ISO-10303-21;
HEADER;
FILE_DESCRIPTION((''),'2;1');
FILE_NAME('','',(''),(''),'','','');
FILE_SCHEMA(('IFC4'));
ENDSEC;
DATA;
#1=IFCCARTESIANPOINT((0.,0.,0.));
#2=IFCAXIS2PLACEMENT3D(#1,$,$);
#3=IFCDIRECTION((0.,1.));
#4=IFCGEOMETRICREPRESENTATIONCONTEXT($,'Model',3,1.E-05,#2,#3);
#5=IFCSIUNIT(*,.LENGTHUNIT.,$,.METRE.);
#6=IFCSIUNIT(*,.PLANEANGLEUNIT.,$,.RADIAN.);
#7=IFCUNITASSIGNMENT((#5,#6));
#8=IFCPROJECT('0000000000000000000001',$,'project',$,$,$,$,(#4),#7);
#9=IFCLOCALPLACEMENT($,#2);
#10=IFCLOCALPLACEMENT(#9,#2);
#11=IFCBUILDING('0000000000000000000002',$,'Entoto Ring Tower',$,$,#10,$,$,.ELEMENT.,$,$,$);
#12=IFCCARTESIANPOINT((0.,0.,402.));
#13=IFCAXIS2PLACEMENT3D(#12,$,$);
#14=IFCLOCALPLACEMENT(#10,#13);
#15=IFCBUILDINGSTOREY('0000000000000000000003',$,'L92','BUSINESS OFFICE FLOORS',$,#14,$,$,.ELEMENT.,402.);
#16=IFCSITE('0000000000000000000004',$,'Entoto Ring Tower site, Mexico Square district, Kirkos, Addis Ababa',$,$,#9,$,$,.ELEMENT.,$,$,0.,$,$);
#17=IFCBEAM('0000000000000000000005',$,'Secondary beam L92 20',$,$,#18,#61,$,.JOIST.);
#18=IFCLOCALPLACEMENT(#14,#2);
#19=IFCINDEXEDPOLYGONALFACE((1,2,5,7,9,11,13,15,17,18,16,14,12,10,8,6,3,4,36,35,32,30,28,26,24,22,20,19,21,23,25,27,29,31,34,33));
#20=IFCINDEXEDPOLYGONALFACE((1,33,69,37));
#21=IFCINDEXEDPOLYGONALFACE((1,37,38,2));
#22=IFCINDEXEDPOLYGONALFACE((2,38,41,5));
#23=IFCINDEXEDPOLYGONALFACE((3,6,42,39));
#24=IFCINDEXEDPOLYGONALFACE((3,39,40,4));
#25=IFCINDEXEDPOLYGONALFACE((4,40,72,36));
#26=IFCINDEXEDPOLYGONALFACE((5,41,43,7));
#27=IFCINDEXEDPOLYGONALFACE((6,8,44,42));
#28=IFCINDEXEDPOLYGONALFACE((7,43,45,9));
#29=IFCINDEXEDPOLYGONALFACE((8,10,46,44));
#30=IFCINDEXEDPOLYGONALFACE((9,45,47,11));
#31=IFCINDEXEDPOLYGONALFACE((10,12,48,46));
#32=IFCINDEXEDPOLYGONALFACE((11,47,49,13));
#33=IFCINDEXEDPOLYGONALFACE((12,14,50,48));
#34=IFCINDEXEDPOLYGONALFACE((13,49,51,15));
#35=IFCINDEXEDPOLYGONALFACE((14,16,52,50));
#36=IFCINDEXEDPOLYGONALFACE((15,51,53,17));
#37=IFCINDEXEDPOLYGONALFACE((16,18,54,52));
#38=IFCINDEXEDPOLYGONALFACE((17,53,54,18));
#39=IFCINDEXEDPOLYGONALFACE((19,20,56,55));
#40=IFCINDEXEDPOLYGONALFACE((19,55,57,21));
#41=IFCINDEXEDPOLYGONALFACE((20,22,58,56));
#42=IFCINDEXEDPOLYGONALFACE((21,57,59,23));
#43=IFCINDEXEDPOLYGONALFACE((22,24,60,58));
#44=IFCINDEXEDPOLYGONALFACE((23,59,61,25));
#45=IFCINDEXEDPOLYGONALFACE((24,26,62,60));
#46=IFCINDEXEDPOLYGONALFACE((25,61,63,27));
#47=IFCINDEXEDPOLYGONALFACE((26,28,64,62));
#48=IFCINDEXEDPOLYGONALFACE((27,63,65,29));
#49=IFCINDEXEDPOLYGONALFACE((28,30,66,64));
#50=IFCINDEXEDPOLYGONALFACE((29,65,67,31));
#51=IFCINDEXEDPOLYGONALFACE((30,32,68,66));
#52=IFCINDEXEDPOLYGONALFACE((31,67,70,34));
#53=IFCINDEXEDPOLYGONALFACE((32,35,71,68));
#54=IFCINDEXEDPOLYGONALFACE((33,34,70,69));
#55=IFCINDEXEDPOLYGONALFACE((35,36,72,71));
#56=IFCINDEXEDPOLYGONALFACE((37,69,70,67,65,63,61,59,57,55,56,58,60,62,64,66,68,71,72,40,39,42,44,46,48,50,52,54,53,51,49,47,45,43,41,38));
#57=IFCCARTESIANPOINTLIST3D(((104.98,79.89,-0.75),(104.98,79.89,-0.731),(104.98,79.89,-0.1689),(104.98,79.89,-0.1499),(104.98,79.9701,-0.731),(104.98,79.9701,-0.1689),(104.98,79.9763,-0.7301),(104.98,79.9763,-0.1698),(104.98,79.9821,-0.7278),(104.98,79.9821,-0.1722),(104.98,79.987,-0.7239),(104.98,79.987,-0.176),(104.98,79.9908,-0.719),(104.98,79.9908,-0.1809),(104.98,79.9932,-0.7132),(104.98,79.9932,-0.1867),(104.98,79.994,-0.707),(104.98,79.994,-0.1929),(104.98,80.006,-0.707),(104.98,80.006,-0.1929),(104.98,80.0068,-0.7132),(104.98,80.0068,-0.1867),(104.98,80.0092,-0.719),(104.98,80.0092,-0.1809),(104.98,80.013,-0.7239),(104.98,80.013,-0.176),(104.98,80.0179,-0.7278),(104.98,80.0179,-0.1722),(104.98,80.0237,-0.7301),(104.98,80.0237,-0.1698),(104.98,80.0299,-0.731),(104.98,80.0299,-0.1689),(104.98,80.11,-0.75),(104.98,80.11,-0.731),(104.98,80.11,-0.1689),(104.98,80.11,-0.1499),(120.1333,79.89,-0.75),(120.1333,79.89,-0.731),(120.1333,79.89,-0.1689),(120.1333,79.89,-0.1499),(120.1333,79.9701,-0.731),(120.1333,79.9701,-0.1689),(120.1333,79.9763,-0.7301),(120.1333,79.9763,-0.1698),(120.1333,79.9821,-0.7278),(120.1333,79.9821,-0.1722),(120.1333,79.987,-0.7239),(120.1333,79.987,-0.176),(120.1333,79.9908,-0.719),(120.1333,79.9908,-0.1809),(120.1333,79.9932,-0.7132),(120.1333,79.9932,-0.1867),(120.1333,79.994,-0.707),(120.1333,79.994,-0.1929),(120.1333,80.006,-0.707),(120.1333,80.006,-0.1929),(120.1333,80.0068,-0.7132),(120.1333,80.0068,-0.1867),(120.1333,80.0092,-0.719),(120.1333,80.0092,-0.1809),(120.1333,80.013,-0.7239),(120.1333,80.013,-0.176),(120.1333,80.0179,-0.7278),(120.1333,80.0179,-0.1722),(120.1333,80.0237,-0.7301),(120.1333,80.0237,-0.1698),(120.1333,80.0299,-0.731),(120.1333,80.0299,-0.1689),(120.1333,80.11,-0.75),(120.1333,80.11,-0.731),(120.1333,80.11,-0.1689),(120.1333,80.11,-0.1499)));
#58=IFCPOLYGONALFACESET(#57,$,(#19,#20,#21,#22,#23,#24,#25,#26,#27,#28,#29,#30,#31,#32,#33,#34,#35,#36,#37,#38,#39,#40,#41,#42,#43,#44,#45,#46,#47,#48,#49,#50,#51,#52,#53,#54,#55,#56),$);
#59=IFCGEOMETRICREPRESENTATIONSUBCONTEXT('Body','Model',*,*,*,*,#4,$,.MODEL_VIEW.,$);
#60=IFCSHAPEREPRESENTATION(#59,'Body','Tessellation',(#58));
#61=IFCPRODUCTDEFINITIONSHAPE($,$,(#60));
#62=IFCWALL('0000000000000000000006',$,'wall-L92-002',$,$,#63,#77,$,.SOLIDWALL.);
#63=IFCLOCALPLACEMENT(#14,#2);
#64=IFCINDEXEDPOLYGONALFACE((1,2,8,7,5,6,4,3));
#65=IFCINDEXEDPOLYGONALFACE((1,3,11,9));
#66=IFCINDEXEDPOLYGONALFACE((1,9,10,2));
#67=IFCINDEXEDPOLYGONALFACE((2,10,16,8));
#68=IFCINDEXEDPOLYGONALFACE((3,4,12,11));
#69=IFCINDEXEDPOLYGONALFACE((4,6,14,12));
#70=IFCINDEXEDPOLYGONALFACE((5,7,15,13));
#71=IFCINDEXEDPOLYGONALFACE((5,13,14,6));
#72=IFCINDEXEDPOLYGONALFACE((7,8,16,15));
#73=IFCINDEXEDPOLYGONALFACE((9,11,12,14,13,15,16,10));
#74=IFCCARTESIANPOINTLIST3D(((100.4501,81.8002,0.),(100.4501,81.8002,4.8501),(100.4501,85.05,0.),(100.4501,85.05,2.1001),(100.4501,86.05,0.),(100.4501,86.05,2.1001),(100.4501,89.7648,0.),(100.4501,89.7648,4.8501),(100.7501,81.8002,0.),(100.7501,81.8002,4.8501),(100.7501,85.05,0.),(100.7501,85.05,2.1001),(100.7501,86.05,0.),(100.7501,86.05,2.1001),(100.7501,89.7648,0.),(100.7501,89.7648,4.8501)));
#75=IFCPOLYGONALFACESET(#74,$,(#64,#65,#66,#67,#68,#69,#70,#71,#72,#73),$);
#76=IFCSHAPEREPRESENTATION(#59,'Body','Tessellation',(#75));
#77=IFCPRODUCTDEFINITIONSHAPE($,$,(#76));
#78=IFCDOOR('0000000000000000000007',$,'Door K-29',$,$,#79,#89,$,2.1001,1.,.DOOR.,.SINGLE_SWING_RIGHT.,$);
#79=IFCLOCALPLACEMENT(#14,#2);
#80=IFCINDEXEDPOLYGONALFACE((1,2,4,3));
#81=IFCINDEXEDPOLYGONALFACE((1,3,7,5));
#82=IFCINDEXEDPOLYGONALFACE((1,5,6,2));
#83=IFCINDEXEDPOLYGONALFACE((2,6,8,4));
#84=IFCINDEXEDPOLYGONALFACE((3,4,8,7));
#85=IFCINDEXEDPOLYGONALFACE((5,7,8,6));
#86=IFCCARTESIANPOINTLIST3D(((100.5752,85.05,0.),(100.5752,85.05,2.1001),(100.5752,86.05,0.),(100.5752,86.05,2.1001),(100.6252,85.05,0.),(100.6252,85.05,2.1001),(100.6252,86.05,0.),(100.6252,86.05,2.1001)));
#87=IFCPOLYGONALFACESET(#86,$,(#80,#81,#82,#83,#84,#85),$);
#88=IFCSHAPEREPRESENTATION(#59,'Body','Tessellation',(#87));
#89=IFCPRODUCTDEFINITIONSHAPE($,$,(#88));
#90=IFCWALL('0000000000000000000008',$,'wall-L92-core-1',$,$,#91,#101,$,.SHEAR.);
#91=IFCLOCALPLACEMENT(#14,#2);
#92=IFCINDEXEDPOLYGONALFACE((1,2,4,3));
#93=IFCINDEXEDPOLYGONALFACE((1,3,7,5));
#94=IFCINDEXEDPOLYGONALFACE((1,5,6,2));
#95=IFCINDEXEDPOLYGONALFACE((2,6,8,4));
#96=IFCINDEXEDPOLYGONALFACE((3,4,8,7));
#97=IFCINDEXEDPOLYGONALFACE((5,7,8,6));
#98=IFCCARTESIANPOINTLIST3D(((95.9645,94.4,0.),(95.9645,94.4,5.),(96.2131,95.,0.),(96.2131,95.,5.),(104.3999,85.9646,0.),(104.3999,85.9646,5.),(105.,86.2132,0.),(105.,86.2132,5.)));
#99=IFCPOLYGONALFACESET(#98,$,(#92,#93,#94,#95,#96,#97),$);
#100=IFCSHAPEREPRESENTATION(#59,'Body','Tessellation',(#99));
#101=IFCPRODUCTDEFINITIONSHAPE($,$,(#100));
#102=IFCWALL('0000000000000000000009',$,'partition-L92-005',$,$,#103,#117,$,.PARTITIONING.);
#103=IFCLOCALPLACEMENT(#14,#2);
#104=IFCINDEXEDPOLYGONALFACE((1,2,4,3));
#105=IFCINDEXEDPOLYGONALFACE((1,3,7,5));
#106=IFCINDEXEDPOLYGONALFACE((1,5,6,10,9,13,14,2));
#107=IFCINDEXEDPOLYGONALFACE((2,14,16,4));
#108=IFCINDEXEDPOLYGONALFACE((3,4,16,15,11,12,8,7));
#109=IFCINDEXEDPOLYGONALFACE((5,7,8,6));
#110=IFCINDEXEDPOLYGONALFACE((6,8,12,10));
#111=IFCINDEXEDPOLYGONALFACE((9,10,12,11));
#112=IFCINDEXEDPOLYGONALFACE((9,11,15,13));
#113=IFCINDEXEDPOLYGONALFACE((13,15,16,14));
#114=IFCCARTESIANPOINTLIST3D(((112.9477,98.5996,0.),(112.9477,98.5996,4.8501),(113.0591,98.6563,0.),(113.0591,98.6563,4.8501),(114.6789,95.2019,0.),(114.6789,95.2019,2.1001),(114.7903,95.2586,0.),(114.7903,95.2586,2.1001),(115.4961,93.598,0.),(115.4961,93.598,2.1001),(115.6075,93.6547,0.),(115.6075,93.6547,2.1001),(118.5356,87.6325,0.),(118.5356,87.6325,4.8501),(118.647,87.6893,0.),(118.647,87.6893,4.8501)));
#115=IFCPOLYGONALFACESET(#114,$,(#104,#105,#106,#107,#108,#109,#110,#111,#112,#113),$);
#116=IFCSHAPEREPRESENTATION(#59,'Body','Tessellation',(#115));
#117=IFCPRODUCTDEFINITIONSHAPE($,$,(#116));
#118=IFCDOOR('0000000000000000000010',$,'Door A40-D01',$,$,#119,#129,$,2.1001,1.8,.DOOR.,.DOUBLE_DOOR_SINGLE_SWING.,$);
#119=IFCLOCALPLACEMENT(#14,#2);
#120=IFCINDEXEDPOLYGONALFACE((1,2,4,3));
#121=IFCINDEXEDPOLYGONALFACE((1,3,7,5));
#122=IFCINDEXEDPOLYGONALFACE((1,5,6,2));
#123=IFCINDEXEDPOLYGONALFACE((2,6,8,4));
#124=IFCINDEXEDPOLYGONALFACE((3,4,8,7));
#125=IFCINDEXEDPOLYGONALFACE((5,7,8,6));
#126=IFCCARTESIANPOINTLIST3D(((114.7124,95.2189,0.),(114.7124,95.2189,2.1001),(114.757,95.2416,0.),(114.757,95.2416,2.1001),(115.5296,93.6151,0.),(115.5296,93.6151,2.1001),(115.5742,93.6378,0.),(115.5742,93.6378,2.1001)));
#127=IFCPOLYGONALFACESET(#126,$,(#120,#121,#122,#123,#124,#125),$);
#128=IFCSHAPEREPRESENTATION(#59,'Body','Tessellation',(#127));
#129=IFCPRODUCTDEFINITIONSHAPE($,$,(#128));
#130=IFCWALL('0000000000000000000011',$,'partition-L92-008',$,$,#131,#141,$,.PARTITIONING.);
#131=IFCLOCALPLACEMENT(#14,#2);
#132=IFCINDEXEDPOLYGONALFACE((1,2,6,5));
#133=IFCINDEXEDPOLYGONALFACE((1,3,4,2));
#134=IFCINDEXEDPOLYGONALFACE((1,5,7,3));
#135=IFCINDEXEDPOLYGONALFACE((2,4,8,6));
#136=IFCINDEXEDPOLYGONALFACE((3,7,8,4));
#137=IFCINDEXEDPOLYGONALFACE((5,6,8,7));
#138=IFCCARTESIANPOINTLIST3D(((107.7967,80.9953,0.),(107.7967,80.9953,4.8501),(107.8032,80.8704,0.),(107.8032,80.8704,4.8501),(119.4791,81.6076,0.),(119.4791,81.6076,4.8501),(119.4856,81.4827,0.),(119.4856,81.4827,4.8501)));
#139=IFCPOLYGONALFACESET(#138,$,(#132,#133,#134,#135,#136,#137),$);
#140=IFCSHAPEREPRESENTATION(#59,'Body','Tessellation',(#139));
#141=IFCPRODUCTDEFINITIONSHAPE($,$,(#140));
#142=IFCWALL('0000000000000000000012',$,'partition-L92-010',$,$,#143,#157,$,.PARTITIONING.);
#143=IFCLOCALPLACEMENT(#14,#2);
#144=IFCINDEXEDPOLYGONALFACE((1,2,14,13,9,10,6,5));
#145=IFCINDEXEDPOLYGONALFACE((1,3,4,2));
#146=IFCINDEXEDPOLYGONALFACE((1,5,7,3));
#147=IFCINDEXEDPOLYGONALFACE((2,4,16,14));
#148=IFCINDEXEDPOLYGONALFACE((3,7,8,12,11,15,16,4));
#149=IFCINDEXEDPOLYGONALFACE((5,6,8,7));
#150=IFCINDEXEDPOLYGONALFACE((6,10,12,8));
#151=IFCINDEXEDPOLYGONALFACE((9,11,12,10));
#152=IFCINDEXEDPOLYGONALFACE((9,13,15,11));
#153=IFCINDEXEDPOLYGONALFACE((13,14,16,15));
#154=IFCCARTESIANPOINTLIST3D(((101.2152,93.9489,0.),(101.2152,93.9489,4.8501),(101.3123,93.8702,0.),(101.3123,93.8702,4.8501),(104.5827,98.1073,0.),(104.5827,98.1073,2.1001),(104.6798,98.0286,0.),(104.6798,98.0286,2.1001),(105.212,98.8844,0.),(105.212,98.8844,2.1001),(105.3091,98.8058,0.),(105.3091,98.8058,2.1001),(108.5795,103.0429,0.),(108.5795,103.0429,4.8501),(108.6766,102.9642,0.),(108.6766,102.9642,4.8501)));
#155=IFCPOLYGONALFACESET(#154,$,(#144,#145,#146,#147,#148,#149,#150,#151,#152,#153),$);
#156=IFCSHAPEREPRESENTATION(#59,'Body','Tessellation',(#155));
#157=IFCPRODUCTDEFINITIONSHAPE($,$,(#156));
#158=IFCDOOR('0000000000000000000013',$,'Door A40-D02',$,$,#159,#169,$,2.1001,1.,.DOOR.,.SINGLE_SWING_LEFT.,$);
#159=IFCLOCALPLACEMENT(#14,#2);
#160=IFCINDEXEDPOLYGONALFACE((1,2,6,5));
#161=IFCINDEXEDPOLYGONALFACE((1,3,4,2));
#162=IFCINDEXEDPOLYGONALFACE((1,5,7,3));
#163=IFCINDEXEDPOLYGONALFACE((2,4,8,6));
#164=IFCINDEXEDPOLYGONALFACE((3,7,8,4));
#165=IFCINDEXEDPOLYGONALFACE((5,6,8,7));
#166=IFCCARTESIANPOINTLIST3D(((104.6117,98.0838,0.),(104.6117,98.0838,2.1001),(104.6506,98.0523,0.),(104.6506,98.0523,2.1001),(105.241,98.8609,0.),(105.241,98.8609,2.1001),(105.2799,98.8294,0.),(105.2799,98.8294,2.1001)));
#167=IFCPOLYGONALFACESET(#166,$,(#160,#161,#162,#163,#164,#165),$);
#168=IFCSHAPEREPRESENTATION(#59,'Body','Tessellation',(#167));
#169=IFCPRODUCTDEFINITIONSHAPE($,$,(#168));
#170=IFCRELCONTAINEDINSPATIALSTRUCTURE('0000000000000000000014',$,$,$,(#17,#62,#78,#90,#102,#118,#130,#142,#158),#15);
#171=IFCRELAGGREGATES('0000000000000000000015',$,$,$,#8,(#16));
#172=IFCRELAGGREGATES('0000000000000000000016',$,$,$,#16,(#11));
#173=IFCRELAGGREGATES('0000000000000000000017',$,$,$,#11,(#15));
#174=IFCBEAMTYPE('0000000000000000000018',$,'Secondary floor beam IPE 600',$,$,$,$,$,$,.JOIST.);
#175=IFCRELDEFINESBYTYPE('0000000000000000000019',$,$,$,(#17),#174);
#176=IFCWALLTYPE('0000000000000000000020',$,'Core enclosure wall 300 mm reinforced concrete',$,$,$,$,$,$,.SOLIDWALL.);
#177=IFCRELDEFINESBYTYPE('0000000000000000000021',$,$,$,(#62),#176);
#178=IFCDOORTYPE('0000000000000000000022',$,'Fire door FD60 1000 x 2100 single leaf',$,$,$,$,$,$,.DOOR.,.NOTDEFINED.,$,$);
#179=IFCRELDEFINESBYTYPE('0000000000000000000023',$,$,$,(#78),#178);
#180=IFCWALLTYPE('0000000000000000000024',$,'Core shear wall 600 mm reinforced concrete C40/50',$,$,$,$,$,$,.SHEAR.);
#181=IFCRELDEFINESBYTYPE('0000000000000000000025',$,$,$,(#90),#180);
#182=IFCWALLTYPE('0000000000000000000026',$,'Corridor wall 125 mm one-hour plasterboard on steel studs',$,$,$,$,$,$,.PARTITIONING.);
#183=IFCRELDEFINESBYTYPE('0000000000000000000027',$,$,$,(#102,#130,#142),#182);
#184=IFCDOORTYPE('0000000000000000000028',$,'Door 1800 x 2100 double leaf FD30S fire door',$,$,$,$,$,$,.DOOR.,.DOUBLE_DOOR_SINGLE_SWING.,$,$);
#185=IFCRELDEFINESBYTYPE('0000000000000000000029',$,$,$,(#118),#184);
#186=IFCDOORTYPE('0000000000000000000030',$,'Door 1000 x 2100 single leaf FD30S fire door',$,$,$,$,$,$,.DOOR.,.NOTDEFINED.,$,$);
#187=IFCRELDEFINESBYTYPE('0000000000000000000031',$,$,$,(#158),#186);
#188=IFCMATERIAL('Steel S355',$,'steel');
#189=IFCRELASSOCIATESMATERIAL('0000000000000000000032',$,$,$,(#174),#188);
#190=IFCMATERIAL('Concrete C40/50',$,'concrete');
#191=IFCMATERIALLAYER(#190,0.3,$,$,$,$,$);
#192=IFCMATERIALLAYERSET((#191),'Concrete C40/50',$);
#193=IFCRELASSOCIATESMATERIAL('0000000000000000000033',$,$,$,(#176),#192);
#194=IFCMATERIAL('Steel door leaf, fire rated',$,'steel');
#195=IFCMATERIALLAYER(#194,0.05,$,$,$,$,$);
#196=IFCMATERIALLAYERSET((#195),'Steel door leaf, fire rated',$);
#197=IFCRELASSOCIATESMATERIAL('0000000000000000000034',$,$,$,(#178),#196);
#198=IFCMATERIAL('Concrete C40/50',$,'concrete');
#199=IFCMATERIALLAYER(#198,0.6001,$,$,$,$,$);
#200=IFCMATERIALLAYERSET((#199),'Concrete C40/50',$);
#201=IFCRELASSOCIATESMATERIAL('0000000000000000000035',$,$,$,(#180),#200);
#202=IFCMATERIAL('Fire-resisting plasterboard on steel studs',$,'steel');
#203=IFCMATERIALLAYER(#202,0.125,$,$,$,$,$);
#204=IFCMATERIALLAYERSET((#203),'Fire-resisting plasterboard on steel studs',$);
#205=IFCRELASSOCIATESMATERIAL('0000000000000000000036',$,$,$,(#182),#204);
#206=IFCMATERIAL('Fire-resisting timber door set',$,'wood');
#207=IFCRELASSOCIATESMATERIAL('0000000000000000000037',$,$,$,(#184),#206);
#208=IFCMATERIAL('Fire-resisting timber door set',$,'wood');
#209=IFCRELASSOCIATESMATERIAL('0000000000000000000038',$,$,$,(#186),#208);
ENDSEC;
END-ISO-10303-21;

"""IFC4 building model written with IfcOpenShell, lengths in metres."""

from ifc_helpers import new_model, si_unit, direction, frame, frame_2d, origin, origin_2d, place, context, subcontext, project, spatial, polyline, rectangle, i_section, outline, extrude, material, layer, layer_set, material_profile, profile_set, type_object, element, fill, save


model = new_model("IFC4")

# Units and contexts
model_context = context("Model", 3, precision=1e-05, world=origin(), true_north=direction((0.0, 1.0)))
body_context = subcontext(model_context, "Body", "Model", "MODEL_VIEW")
ifc_project = project(units=[si_unit("LENGTHUNIT", "METRE"), si_unit("PLANEANGLEUNIT", "RADIAN")], contexts=[model_context])

# Site, building, storey
site_placement = place(None, origin())
site = spatial("IfcSite", under=ifc_project, at=site_placement, Name="Entoto Ring Tower site, Mexico Square district, Kirkos, Addis Ababa", CompositionType="ELEMENT", RefElevation=0.0)
building_placement = place(site_placement, origin())
building = spatial("IfcBuilding", under=site, at=building_placement, Name="Entoto Ring Tower", CompositionType="ELEMENT")
storey_placement = place(building_placement, frame((0.0, 0.0, 402.0)))
storey = spatial("IfcBuildingStorey", under=building, at=storey_placement, Name="L92", Description="BUSINESS OFFICE FLOORS", CompositionType="ELEMENT", Elevation=402.0)

# Beam
ifc_material_1 = material(Name="Steel S355", Category="steel")
ifc_material_profile_1 = material_profile(ifc_material_1, i_section(OverallWidth=0.22, OverallDepth=0.6001, WebThickness=0.012, FlangeThickness=0.019, FilletRadius=0.0239, at=origin_2d()), Name="IPE 600")
ifc_profile_set_1 = profile_set([ifc_material_profile_1], Name="Steel S355")
beam_type_1 = type_object("IfcBeamType", Name="Secondary floor beam IPE 600", PredefinedType="JOIST", material=ifc_profile_set_1)
beam_1_placement = place(storey_placement, frame((104.98, 80.0, -0.45), z_axis=(1.0, 0.0, 0.0), x_axis=(0.0, 1.0, 0.0)))
element("IfcBeam", 1, at=beam_1_placement, inside=storey, type_object=beam_type_1, Name="Secondary beam L92 20", PredefinedType="JOIST", context=body_context, shape_type="SweptSolid", body=[
    extrude(i_section(OverallWidth=0.22, OverallDepth=0.6001, WebThickness=0.012, FlangeThickness=0.019, FilletRadius=0.0239, at=origin_2d()), origin(), (0.0, 0.0, 1.0), 15.1533),
])

# Wall, opening, door
ifc_material_2 = material(Name="Concrete C40/50", Category="concrete")
ifc_layer_1 = layer(ifc_material_2, 0.3)
ifc_layer_set_1 = layer_set([ifc_layer_1], Name="Concrete C40/50")
wall_type_1 = type_object("IfcWallType", Name="Core enclosure wall 300 mm reinforced concrete", PredefinedType="SOLIDWALL", material=ifc_layer_set_1)
wall_1_placement = place(storey_placement, frame((100.6001, 81.8, 0.0), z_axis=(0.0, 0.0, 1.0), x_axis=(0.0, 1.0, 0.0)))
wall_1 = element("IfcWall", 2, at=wall_1_placement, inside=storey, type_object=wall_type_1, Name="wall-L92-002", PredefinedType="SOLIDWALL", context=body_context, shape_type="SweptSolid", body=[
    extrude(rectangle(XDim=7.9646, YDim=0.3, at=frame_2d((3.9824, 0.0))), origin(), (0.0, 0.0, 1.0), 4.8501),
])
opening_1_placement = place(wall_1_placement, frame((3.25, 0.0, 0.0)))
opening_1 = element("IfcOpeningElement", 3, at=opening_1_placement, cuts=wall_1, PredefinedType="OPENING", context=body_context, shape_type="SweptSolid", body=[
    extrude(rectangle(XDim=1.0, YDim=2.1001, at=frame_2d((0.5, 1.05))), frame((0.0, 0.1602, 0.0), z_axis=(0.0, -1.0, 0.0), x_axis=(1.0, 0.0, 0.0)), (0.0, 0.0, 1.0), 0.3201),
])
ifc_material_3 = material(Name="Steel door leaf, fire rated", Category="steel")
ifc_layer_2 = layer(ifc_material_3, 0.05)
ifc_layer_set_2 = layer_set([ifc_layer_2], Name="Steel door leaf, fire rated")
door_type_1 = type_object("IfcDoorType", Name="Fire door FD60 1000 x 2100 single leaf", OperationType="NOTDEFINED", PredefinedType="DOOR", material=ifc_layer_set_2)
door_1_placement = place(opening_1_placement, origin())
door_1 = element("IfcDoor", 4, at=door_1_placement, inside=storey, type_object=door_type_1, Name="Door K-29", OperationType="SINGLE_SWING_RIGHT", OverallHeight=2.1001, OverallWidth=1.0, PredefinedType="DOOR", context=body_context, shape_type="SweptSolid", body=[
    extrude(rectangle(XDim=1.0, YDim=2.1001, at=frame_2d((0.5, 1.05))), frame((0.0, 0.0249, 0.0), z_axis=(0.0, -1.0, 0.0), x_axis=(1.0, 0.0, 0.0)), (0.0, 0.0, 1.0), 0.05),
])
fill(opening_1, door_1)

# Wall
ifc_material_4 = material(Name="Concrete C40/50", Category="concrete")
ifc_layer_3 = layer(ifc_material_4, 0.6001)
ifc_layer_set_3 = layer_set([ifc_layer_3], Name="Concrete C40/50")
wall_type_2 = type_object("IfcWallType", Name="Core shear wall 600 mm reinforced concrete C40/50", PredefinedType="SHEAR", material=ifc_layer_set_3)
wall_2_placement = place(storey_placement, frame((104.7, 86.0889, 0.0), z_axis=(0.0, 0.0, 1.0), x_axis=(-0.707107, 0.707107, 0.0)))
element("IfcWall", 5, at=wall_2_placement, inside=storey, type_object=wall_type_2, Name="wall-L92-core-1", PredefinedType="SHEAR", context=body_context, shape_type="SweptSolid", body=[
    extrude(outline(polyline([(-0.1243, -0.3), (12.3022, -0.3), (12.0537, 0.3), (0.1243, 0.3), (-0.1243, -0.3)])), origin(), (0.0, 0.0, 1.0), 5.0),
])

# Wall, opening, door
ifc_material_5 = material(Name="Fire-resisting plasterboard on steel studs", Category="steel")
ifc_layer_4 = layer(ifc_material_5, 0.125)
ifc_layer_set_4 = layer_set([ifc_layer_4], Name="Fire-resisting plasterboard on steel studs")
wall_type_3 = type_object("IfcWallType", Name="Corridor wall 125 mm one-hour plasterboard on steel studs", PredefinedType="PARTITIONING", material=ifc_layer_set_4)
wall_3_placement = place(storey_placement, frame((118.5913, 87.6609, 0.0), z_axis=(0.0, 0.0, 1.0), x_axis=(-0.453984, 0.89101, 0.0)))
wall_3 = element("IfcWall", 6, at=wall_3_placement, inside=storey, type_object=wall_type_3, Name="partition-L92-005", PredefinedType="PARTITIONING", context=body_context, shape_type="SweptSolid", body=[
    extrude(rectangle(XDim=12.3086, YDim=0.125, at=frame_2d((6.1543, 0.0))), origin(), (0.0, 0.0, 1.0), 4.8501),
])
opening_2_placement = place(wall_3_placement, frame((6.6953, 0.0, 0.0)))
opening_2 = element("IfcOpeningElement", 7, at=opening_2_placement, cuts=wall_3, PredefinedType="OPENING", context=body_context, shape_type="SweptSolid", body=[
    extrude(rectangle(XDim=1.8, YDim=2.1001, at=frame_2d((0.8999, 1.05))), frame((0.0, 0.0725, 0.0), z_axis=(0.0, -1.0, 0.0), x_axis=(1.0, 0.0, 0.0)), (0.0, 0.0, 1.0), 0.145),
])
ifc_material_6 = material(Name="Fire-resisting timber door set", Category="wood")
door_type_2 = type_object("IfcDoorType", Name="Door 1800 x 2100 double leaf FD30S fire door", OperationType="DOUBLE_DOOR_SINGLE_SWING", PredefinedType="DOOR", material=ifc_material_6)
door_2_placement = place(opening_2_placement, origin())
door_2 = element("IfcDoor", 8, at=door_2_placement, inside=storey, type_object=door_type_2, Name="Door A40-D01", OperationType="DOUBLE_DOOR_SINGLE_SWING", OverallHeight=2.1001, OverallWidth=1.8, PredefinedType="DOOR", context=body_context, shape_type="SweptSolid", body=[
    extrude(rectangle(XDim=1.8, YDim=2.1001, at=frame_2d((0.8999, 1.05))), frame((0.0, 0.0249, 0.0), z_axis=(0.0, -1.0, 0.0), x_axis=(1.0, 0.0, 0.0)), (0.0, 0.0, 1.0), 0.05),
])
fill(opening_2, door_2)

# Wall
wall_4_placement = place(storey_placement, frame((107.8, 80.9329, 0.0), z_axis=(0.0, 0.0, 1.0), x_axis=(0.998629, 0.052341, 0.0)))
element("IfcWall", 9, at=wall_4_placement, inside=storey, type_object=wall_type_3, Name="partition-L92-008", PredefinedType="PARTITIONING", context=body_context, shape_type="SweptSolid", body=[
    extrude(rectangle(XDim=11.6985, YDim=0.125, at=frame_2d((5.8491, 0.0))), origin(), (0.0, 0.0, 1.0), 4.8501),
])

# Wall, opening, door
wall_5_placement = place(storey_placement, frame((101.2637, 93.9094, 0.0), z_axis=(0.0, 0.0, 1.0), x_axis=(0.629325, 0.777142, 0.0)))
wall_5 = element("IfcWall", 10, at=wall_5_placement, inside=storey, type_object=wall_type_3, Name="partition-L92-010", PredefinedType="PARTITIONING", context=body_context, shape_type="SweptSolid", body=[
    extrude(rectangle(XDim=11.7019, YDim=0.125, at=frame_2d((5.8511, 0.0))), origin(), (0.0, 0.0, 1.0), 4.8501),
])
opening_3_placement = place(wall_5_placement, frame((5.3511, 0.0, 0.0)))
opening_3 = element("IfcOpeningElement", 11, at=opening_3_placement, cuts=wall_5, PredefinedType="OPENING", context=body_context, shape_type="SweptSolid", body=[
    extrude(rectangle(XDim=1.0, YDim=2.1001, at=frame_2d((0.5, 1.05))), frame((0.0, 0.0725, 0.0), z_axis=(0.0, -1.0, 0.0), x_axis=(1.0, 0.0, 0.0)), (0.0, 0.0, 1.0), 0.145),
])
ifc_material_7 = material(Name="Fire-resisting timber door set", Category="wood")
door_type_3 = type_object("IfcDoorType", Name="Door 1000 x 2100 single leaf FD30S fire door", OperationType="NOTDEFINED", PredefinedType="DOOR", material=ifc_material_7)
door_3_placement = place(opening_3_placement, frame((1.0, 0.0, 0.0), z_axis=(0.0, 0.0, 1.0), x_axis=(-1.0, 0.0, 0.0)))
door_3 = element("IfcDoor", 12, at=door_3_placement, inside=storey, type_object=door_type_3, Name="Door A40-D02", OperationType="SINGLE_SWING_LEFT", OverallHeight=2.1001, OverallWidth=1.0, PredefinedType="DOOR", context=body_context, shape_type="SweptSolid", body=[
    extrude(rectangle(XDim=1.0, YDim=2.1001, at=frame_2d((0.5, 1.05))), frame((0.0, 0.0249, 0.0), z_axis=(0.0, -1.0, 0.0), x_axis=(1.0, 0.0, 0.0)), (0.0, 0.0, 1.0), 0.05),
])
fill(opening_3, door_3)

save(model, "model.ifc")
